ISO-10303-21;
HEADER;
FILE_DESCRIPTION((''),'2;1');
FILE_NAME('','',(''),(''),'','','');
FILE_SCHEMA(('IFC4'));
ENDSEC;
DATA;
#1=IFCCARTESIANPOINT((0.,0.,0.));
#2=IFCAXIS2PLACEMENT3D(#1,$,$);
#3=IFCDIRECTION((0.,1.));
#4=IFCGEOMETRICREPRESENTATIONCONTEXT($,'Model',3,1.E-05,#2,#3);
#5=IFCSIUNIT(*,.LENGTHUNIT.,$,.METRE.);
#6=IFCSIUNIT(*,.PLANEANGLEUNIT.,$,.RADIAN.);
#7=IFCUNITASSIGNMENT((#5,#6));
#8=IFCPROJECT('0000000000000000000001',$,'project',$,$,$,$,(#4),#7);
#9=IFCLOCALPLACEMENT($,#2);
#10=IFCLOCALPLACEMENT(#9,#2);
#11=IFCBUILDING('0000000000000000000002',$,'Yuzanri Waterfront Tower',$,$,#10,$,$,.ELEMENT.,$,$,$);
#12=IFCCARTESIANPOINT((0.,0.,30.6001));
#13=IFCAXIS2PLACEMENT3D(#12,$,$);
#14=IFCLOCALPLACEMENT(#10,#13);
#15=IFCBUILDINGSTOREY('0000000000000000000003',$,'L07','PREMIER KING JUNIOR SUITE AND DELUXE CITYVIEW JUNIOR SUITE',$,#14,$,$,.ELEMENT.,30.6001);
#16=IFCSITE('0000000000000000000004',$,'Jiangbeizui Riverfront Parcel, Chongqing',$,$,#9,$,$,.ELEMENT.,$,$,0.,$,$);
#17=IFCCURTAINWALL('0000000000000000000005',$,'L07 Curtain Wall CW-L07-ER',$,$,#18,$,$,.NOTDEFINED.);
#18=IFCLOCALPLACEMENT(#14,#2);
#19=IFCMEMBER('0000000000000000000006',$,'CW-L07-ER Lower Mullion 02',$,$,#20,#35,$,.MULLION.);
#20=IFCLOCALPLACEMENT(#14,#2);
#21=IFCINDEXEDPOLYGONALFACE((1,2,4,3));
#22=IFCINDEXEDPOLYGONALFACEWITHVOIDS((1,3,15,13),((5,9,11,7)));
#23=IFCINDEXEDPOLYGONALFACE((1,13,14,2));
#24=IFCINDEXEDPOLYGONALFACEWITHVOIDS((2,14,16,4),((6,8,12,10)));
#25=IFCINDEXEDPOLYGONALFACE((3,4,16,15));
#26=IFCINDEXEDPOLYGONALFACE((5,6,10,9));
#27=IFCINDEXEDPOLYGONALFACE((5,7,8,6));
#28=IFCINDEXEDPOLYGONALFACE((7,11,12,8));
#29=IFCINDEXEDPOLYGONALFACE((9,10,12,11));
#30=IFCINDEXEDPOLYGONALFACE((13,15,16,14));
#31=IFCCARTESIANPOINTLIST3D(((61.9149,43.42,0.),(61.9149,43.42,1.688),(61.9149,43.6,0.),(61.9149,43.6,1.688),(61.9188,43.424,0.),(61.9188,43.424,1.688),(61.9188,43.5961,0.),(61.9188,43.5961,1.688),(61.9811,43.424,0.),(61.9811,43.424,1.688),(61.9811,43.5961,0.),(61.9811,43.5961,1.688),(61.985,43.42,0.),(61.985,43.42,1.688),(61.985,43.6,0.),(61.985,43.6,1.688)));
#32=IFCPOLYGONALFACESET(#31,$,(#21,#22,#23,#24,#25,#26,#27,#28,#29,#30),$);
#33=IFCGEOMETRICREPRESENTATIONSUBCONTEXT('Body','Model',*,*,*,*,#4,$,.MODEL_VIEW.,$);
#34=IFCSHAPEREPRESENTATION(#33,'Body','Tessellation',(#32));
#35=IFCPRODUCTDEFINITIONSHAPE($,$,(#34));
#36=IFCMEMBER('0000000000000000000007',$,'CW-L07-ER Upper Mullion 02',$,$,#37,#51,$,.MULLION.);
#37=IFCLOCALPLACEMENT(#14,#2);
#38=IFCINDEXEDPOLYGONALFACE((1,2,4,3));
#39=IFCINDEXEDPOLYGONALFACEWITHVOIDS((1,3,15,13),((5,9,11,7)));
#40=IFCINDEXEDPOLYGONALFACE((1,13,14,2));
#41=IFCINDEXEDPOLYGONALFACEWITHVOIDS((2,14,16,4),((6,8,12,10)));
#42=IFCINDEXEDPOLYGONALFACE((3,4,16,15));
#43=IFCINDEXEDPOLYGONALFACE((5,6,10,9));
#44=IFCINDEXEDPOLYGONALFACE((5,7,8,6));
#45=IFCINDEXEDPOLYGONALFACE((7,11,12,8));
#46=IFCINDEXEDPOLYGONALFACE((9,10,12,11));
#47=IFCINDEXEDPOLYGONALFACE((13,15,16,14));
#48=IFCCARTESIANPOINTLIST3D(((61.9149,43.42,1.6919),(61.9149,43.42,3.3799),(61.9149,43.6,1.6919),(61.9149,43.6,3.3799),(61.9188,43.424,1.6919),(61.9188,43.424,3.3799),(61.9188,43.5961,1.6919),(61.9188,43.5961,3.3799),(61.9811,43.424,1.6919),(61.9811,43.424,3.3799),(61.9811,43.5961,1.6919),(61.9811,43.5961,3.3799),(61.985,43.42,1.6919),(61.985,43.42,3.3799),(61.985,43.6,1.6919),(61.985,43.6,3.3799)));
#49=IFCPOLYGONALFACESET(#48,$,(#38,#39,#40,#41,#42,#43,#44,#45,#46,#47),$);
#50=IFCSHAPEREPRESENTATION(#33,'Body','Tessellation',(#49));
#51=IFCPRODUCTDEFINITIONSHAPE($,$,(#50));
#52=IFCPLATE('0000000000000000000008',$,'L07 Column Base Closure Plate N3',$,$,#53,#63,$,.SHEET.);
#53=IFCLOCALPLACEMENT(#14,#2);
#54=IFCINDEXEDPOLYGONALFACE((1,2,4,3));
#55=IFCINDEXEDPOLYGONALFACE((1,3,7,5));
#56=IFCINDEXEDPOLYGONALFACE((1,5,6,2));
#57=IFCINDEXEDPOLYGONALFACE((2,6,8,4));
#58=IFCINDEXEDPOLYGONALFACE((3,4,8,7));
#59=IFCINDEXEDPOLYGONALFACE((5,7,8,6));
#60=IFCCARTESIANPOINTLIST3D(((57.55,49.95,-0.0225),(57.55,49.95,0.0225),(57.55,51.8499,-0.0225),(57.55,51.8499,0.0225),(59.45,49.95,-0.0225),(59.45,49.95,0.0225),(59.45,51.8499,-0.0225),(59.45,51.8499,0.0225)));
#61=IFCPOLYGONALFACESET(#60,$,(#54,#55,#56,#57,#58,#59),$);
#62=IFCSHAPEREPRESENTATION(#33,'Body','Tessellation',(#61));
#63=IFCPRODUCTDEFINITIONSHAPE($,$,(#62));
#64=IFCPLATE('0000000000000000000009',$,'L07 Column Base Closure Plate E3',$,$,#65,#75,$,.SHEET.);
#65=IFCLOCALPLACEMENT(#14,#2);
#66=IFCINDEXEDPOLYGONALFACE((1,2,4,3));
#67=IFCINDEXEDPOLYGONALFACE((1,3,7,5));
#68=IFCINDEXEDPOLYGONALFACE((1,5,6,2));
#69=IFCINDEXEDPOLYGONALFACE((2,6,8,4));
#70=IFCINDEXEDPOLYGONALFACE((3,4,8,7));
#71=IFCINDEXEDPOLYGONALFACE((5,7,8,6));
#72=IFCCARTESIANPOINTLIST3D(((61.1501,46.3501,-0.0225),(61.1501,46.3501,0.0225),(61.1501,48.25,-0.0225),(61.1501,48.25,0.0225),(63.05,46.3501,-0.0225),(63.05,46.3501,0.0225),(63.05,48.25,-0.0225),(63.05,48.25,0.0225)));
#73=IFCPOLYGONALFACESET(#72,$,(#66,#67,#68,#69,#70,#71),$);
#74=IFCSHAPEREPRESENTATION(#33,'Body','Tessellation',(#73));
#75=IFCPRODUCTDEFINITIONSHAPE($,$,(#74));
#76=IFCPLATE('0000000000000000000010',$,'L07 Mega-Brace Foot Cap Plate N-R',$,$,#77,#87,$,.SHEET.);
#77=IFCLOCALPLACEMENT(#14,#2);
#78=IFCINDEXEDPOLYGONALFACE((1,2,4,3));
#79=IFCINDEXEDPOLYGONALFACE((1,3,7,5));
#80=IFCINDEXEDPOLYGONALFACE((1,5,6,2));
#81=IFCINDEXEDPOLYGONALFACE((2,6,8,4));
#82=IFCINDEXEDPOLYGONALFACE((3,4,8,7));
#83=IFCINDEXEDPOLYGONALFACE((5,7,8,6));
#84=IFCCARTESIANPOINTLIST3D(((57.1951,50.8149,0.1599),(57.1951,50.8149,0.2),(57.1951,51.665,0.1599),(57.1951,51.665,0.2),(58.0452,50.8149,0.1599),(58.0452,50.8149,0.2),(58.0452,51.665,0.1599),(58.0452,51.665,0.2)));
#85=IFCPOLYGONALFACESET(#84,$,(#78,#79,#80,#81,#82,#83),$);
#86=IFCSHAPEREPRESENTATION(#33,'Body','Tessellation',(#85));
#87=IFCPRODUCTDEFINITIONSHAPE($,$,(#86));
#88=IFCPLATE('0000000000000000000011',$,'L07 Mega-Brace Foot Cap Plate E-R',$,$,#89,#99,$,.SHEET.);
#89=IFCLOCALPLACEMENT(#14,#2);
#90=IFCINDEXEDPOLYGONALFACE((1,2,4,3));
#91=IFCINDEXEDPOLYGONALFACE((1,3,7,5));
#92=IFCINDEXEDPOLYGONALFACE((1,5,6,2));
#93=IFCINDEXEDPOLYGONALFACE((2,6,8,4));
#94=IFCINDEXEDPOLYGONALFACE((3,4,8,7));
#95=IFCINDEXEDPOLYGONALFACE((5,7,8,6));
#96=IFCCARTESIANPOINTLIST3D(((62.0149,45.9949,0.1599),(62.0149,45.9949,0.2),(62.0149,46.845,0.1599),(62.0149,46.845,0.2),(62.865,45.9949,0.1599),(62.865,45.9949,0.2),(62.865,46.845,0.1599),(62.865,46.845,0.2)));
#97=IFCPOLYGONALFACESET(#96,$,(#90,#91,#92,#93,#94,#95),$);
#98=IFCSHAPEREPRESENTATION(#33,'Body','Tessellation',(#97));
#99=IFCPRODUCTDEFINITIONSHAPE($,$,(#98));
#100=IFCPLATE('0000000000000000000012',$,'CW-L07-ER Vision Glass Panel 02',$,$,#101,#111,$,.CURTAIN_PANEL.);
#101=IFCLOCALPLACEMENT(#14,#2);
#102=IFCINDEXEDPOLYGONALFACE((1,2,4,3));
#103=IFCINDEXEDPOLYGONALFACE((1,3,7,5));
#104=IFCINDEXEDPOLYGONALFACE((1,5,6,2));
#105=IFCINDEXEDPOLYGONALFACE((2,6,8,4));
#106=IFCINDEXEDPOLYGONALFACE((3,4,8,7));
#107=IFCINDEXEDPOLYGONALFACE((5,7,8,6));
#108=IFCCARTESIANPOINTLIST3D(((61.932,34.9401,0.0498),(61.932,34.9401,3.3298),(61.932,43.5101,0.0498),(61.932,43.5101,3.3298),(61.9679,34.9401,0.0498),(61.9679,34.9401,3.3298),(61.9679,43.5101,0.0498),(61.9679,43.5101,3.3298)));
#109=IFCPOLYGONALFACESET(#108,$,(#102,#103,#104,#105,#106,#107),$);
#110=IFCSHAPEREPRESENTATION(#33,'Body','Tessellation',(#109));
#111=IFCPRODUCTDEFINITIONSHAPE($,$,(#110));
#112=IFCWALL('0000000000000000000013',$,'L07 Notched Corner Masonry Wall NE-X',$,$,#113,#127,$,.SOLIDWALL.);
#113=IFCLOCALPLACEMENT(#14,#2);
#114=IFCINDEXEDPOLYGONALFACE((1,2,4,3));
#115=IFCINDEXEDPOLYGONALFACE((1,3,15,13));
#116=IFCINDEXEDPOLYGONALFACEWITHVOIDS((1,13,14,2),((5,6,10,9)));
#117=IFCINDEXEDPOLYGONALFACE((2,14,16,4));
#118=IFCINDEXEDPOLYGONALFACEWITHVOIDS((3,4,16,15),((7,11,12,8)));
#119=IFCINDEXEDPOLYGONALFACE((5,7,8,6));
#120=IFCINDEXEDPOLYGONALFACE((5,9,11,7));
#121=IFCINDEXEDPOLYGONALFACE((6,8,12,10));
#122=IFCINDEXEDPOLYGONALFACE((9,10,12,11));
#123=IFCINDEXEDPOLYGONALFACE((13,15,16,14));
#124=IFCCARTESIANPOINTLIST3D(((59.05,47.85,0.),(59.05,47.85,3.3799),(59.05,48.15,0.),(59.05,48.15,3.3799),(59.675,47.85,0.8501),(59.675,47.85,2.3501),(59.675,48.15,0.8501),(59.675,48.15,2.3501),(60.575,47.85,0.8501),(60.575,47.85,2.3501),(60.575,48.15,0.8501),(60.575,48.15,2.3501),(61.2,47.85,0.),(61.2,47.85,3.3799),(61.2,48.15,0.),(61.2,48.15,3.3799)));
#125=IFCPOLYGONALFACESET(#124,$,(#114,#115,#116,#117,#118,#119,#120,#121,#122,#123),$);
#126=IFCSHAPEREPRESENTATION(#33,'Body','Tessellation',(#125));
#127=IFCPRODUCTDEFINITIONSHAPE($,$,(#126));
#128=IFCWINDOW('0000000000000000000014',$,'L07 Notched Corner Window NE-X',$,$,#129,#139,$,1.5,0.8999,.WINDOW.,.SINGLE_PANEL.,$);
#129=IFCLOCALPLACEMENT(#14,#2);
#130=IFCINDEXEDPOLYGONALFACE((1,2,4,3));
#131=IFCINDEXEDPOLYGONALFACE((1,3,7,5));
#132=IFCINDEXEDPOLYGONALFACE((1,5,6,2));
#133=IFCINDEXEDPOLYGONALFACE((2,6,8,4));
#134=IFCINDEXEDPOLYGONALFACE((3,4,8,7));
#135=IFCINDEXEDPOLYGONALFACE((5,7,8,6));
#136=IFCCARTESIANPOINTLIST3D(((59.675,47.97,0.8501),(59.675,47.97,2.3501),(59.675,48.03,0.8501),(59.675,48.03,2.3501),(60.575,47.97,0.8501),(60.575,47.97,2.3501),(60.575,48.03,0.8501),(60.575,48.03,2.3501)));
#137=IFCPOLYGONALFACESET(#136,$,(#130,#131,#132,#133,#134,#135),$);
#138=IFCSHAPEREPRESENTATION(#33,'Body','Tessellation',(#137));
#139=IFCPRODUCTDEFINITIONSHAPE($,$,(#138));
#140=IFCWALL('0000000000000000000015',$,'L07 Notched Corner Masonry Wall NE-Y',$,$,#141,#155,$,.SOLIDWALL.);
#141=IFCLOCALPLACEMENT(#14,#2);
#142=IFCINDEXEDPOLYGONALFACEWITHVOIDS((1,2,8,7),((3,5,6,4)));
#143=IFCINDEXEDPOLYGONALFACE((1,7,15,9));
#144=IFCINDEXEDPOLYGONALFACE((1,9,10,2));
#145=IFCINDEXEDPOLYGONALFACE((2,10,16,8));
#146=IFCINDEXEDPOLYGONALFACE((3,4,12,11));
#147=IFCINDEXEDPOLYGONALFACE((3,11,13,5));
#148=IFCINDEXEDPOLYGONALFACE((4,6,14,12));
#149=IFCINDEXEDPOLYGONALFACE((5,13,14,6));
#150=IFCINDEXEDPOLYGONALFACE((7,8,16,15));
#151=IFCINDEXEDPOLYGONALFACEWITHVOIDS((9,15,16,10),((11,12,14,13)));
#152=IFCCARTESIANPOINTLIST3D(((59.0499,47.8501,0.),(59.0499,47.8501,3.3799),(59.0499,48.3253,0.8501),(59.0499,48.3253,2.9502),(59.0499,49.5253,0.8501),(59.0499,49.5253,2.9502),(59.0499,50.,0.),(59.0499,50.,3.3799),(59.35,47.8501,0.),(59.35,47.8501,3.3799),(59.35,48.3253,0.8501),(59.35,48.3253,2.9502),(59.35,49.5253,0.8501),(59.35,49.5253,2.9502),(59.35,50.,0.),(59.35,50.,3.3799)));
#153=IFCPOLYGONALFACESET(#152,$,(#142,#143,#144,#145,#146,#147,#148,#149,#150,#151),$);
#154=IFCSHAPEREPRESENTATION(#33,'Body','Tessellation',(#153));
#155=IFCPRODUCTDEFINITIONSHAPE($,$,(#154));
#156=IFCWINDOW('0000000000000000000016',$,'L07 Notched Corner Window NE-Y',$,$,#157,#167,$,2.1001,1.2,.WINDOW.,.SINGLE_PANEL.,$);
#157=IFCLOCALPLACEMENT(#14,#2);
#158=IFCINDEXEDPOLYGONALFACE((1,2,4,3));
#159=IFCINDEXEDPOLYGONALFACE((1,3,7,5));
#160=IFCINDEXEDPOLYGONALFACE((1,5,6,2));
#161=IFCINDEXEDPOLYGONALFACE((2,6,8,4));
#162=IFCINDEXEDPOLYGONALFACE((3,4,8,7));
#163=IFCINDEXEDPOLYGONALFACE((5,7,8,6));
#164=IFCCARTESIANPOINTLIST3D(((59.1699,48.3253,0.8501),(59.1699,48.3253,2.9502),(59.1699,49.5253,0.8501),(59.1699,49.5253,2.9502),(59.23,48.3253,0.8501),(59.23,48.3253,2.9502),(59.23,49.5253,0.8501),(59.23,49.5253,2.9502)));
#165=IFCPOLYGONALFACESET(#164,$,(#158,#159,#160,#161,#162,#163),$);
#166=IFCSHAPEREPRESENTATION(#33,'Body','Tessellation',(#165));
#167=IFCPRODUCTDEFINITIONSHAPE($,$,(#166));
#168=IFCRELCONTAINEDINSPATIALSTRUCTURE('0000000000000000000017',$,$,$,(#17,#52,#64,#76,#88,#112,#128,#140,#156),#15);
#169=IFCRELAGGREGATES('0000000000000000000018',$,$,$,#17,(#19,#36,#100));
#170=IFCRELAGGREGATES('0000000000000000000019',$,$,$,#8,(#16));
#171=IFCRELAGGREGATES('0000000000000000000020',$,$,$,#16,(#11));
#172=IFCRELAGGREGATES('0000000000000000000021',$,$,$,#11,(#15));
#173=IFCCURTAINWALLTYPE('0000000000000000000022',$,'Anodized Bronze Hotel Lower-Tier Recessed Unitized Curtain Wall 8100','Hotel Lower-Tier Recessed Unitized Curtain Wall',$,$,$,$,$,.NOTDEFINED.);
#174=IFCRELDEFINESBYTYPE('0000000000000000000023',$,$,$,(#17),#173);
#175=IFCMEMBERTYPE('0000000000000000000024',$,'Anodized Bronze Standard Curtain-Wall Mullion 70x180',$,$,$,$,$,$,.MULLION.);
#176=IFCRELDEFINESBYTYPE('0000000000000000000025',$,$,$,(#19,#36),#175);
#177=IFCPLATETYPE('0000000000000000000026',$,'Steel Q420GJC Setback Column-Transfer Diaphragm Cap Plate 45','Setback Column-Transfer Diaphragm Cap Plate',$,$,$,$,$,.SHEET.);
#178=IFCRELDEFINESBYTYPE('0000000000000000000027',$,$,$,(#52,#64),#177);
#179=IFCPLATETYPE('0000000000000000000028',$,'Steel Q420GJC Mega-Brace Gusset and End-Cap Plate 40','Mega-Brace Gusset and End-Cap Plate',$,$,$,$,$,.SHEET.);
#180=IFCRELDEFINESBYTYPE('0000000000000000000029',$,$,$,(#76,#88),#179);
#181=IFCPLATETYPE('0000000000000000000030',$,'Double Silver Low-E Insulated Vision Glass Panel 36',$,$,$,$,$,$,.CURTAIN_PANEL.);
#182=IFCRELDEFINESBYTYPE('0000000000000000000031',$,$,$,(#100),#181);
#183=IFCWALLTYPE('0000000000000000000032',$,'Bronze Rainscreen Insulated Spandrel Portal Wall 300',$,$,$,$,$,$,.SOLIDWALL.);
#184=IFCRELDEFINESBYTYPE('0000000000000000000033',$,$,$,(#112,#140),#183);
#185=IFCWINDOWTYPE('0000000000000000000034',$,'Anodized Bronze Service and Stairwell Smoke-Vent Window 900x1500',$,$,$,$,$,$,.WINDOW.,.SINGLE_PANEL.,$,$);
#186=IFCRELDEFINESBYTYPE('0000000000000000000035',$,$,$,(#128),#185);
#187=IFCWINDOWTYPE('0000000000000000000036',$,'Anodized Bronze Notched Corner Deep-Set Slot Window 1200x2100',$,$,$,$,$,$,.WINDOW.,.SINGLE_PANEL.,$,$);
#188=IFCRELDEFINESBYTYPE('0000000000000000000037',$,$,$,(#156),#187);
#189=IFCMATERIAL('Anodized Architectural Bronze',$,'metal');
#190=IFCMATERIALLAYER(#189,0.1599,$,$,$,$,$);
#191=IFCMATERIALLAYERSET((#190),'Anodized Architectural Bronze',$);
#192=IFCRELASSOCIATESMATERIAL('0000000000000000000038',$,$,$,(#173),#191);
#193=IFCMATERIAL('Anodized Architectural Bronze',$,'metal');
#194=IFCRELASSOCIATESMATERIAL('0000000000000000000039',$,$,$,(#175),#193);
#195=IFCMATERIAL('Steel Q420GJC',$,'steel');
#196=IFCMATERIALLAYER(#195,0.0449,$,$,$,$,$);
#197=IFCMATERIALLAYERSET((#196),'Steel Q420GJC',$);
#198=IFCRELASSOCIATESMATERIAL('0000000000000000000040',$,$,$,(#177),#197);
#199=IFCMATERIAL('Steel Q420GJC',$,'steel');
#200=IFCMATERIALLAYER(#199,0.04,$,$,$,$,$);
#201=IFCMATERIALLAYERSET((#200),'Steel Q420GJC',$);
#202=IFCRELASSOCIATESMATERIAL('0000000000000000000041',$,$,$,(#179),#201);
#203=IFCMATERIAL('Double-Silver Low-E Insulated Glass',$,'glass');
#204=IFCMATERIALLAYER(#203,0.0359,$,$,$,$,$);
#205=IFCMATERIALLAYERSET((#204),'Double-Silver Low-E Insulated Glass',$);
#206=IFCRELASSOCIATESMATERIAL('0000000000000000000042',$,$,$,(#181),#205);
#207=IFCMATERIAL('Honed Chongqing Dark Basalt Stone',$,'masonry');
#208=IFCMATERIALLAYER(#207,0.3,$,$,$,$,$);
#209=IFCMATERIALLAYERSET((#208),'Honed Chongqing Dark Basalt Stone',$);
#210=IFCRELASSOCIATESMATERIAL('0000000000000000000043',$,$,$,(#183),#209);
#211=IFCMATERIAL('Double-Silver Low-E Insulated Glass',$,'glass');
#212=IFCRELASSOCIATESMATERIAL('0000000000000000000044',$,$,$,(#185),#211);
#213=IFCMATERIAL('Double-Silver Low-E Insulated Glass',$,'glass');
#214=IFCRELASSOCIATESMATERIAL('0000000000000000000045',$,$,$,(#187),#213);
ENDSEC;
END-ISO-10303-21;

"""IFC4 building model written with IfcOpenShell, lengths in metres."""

from ifc_helpers import new_model, si_unit, direction, frame, frame_2d, origin, origin_2d, place, context, subcontext, project, spatial, rectangle, hollow_rectangle, extrude, source, transform, mapped, material, layer, layer_set, material_profile, profile_set, type_object, element, fill, aggregate, save


model = new_model("IFC4")

# Units and contexts
model_context = context("Model", 3, precision=1e-05, world=origin(), true_north=direction((0.0, 1.0)))
body_context = subcontext(model_context, "Body", "Model", "MODEL_VIEW")
ifc_project = project(units=[si_unit("LENGTHUNIT", "METRE"), si_unit("PLANEANGLEUNIT", "RADIAN")], contexts=[model_context])

# Site, building, storey
site_placement = place(None, origin())
site = spatial("IfcSite", under=ifc_project, at=site_placement, Name="Jiangbeizui Riverfront Parcel, Chongqing", CompositionType="ELEMENT", RefElevation=0.0)
building_placement = place(site_placement, origin())
building = spatial("IfcBuilding", under=site, at=building_placement, Name="Yuzanri Waterfront Tower", CompositionType="ELEMENT")
storey_placement = place(building_placement, frame((0.0, 0.0, 30.6001)))
storey = spatial("IfcBuildingStorey", under=building, at=storey_placement, Name="L07", Description="PREMIER KING JUNIOR SUITE AND DELUXE CITYVIEW JUNIOR SUITE", CompositionType="ELEMENT", Elevation=30.6001)

# Curtain wall, members
ifc_material_1 = material(Name="Anodized Architectural Bronze", Category="metal")
ifc_layer_1 = layer(ifc_material_1, 0.1599)
ifc_layer_set_1 = layer_set([ifc_layer_1], Name="Anodized Architectural Bronze")
curtain_wall_type = type_object("IfcCurtainWallType", Name="Anodized Bronze Hotel Lower-Tier Recessed Unitized Curtain Wall 8100", Description="Hotel Lower-Tier Recessed Unitized Curtain Wall", PredefinedType="NOTDEFINED", material=ifc_layer_set_1)
ifc_material_2 = material(Name="Anodized Architectural Bronze", Category="metal")
ifc_material_profile_1 = material_profile(ifc_material_2, hollow_rectangle(XDim=0.0701, YDim=0.1799, WallThickness=0.0039, at=origin_2d()), Name="CWM 70x180")
ifc_profile_set_1 = profile_set([ifc_material_profile_1], Name="Anodized Architectural Bronze")
member_type_1 = type_object("IfcMemberType", Name="Anodized Bronze Standard Curtain-Wall Mullion 70x180", PredefinedType="MULLION", material=ifc_profile_set_1)
shared_shape_1 = source(origin(), body_context, "Body", "SweptSolid", [
    extrude(hollow_rectangle(XDim=0.0701, YDim=0.1799, WallThickness=0.0039, at=origin_2d()), origin(), (0.0, 0.0, 1.0), 1.688),
])
curtain_wall_1_placement = place(storey_placement, origin())
curtain_wall_1 = element("IfcCurtainWall", 1, at=curtain_wall_1_placement, inside=storey, type_object=curtain_wall_type, Name="L07 Curtain Wall CW-L07-ER", PredefinedType="NOTDEFINED")
member_1_placement = place(storey_placement, frame((61.95, 43.51, 0.0), z_axis=(0.0, 0.0, 1.0), x_axis=(1.0, 0.0, 0.0)))
member_1 = element("IfcMember", 2, at=member_1_placement, type_object=member_type_1, Name="CW-L07-ER Lower Mullion 02", PredefinedType="MULLION", context=body_context, shape_type="MappedRepresentation", body=[
    mapped(shared_shape_1, transform((0.0, 0.0, 0.0), scale=1.0)),
])
member_2_placement = place(storey_placement, frame((61.95, 43.51, 1.6919), z_axis=(0.0, 0.0, 1.0), x_axis=(1.0, 0.0, 0.0)))
member_2 = element("IfcMember", 3, at=member_2_placement, type_object=member_type_1, Name="CW-L07-ER Upper Mullion 02", PredefinedType="MULLION", context=body_context, shape_type="MappedRepresentation", body=[
    mapped(shared_shape_1, transform((0.0, 0.0, 0.0), scale=1.0)),
])

# Plates
ifc_material_3 = material(Name="Steel Q420GJC", Category="steel")
ifc_layer_2 = layer(ifc_material_3, 0.0449)
ifc_layer_set_2 = layer_set([ifc_layer_2], Name="Steel Q420GJC")
plate_type_1 = type_object("IfcPlateType", Name="Steel Q420GJC Setback Column-Transfer Diaphragm Cap Plate 45", Description="Setback Column-Transfer Diaphragm Cap Plate", PredefinedType="SHEET", material=ifc_layer_set_2)
shared_shape_2 = source(origin(), body_context, "Body", "SweptSolid", [
    extrude(rectangle(XDim=1.8999, YDim=1.8999, at=origin_2d()), origin(), (0.0, 0.0, 1.0), 0.0449),
])
for number, where, z_axis, x_axis, name in (
    (4, (58.5, 50.8999, -0.0225), (0.0, 0.0, 1.0), (1.0, 0.0, 0.0), "L07 Column Base Closure Plate N3"),
    (5, (62.1001, 47.3, -0.0225), (0.0, 0.0, 1.0), (1.0, 0.0, 0.0), "L07 Column Base Closure Plate E3"),
):
    element("IfcPlate", number, at=place(storey_placement, frame(where, z_axis=z_axis, x_axis=x_axis)), inside=storey, type_object=plate_type_1, Name=name, PredefinedType="SHEET", context=body_context, shape_type="MappedRepresentation", body=[
        mapped(shared_shape_2, transform((0.0, 0.0, 0.0), scale=1.0)),
    ])
ifc_material_4 = material(Name="Steel Q420GJC", Category="steel")
ifc_layer_3 = layer(ifc_material_4, 0.04)
ifc_layer_set_3 = layer_set([ifc_layer_3], Name="Steel Q420GJC")
plate_type_2 = type_object("IfcPlateType", Name="Steel Q420GJC Mega-Brace Gusset and End-Cap Plate 40", Description="Mega-Brace Gusset and End-Cap Plate", PredefinedType="SHEET", material=ifc_layer_set_3)
shared_shape_3 = source(origin(), body_context, "Body", "SweptSolid", [
    extrude(rectangle(XDim=0.8501, YDim=0.8501, at=origin_2d()), origin(), (0.0, 0.0, 1.0), 0.04),
])
for number, where, z_axis, x_axis, name in (
    (6, (57.6201, 51.24, 0.1599), (0.0, 0.0, 1.0), (1.0, 0.0, 0.0), "L07 Mega-Brace Foot Cap Plate N-R"),
    (7, (62.4399, 46.4199, 0.1599), (0.0, 0.0, 1.0), (1.0, 0.0, 0.0), "L07 Mega-Brace Foot Cap Plate E-R"),
):
    element("IfcPlate", number, at=place(storey_placement, frame(where, z_axis=z_axis, x_axis=x_axis)), inside=storey, type_object=plate_type_2, Name=name, PredefinedType="SHEET", context=body_context, shape_type="MappedRepresentation", body=[
        mapped(shared_shape_3, transform((0.0, 0.0, 0.0), scale=1.0)),
    ])

# Plate
ifc_material_5 = material(Name="Double-Silver Low-E Insulated Glass", Category="glass")
ifc_layer_4 = layer(ifc_material_5, 0.0359)
ifc_layer_set_4 = layer_set([ifc_layer_4], Name="Double-Silver Low-E Insulated Glass")
plate_type_3 = type_object("IfcPlateType", Name="Double Silver Low-E Insulated Vision Glass Panel 36", PredefinedType="CURTAIN_PANEL", material=ifc_layer_set_4)
shared_shape_4 = source(origin(), body_context, "Body", "SweptSolid", [
    extrude(rectangle(XDim=8.5701, YDim=0.0359, at=origin_2d()), origin(), (0.0, 0.0, 1.0), 3.28),
])
plate_placement = place(storey_placement, frame((61.95, 39.2251, 0.0498), z_axis=(0.0, 0.0, 1.0), x_axis=(0.0, 1.0, 0.0)))
plate = element("IfcPlate", 8, at=plate_placement, type_object=plate_type_3, Name="CW-L07-ER Vision Glass Panel 02", PredefinedType="CURTAIN_PANEL", context=body_context, shape_type="MappedRepresentation", body=[
    mapped(shared_shape_4, transform((0.0, 0.0, 0.0), scale=1.0)),
])
aggregate(curtain_wall_1, [member_1, member_2, plate])

# Walls, openings, windows
ifc_material_6 = material(Name="Honed Chongqing Dark Basalt Stone", Category="masonry")
ifc_layer_5 = layer(ifc_material_6, 0.3)
ifc_layer_set_5 = layer_set([ifc_layer_5], Name="Honed Chongqing Dark Basalt Stone")
wall_type_1 = type_object("IfcWallType", Name="Bronze Rainscreen Insulated Spandrel Portal Wall 300", PredefinedType="SOLIDWALL", material=ifc_layer_set_5)
wall_1_placement = place(storey_placement, frame((61.2, 48.0, 0.0), z_axis=(0.0, 0.0, 1.0), x_axis=(-1.0, 0.0, 0.0)))
wall_1 = element("IfcWall", 9, at=wall_1_placement, inside=storey, type_object=wall_type_1, Name="L07 Notched Corner Masonry Wall NE-X", PredefinedType="SOLIDWALL", context=body_context, shape_type="SweptSolid", body=[
    extrude(rectangle(XDim=2.1499, YDim=0.3, at=frame_2d((1.075, 0.0))), origin(), (0.0, 0.0, 1.0), 3.3799),
])
opening_1_placement = place(wall_1_placement, frame((0.625, 0.0, 0.8501)))
opening_1 = element("IfcOpeningElement", 10, at=opening_1_placement, cuts=wall_1, PredefinedType="OPENING", context=body_context, shape_type="SweptSolid", body=[
    extrude(rectangle(XDim=0.8999, YDim=1.5, at=frame_2d((0.45, 0.75))), frame((0.0, 0.165, 0.0), z_axis=(0.0, -1.0, 0.0), x_axis=(1.0, 0.0, 0.0)), (0.0, 0.0, 1.0), 0.3298),
])
ifc_material_7 = material(Name="Double-Silver Low-E Insulated Glass", Category="glass")
window_type_1 = type_object("IfcWindowType", Name="Anodized Bronze Service and Stairwell Smoke-Vent Window 900x1500", PartitioningType="SINGLE_PANEL", PredefinedType="WINDOW", material=ifc_material_7)
shared_shape_5 = source(origin(), body_context, "Body", "SweptSolid", [
    extrude(rectangle(XDim=0.8999, YDim=1.5, at=frame_2d((0.45, 0.75))), frame((0.0, 0.03, 0.0), z_axis=(0.0, -1.0, 0.0), x_axis=(1.0, 0.0, 0.0)), (0.0, 0.0, 1.0), 0.0601),
])
window_1_placement = place(opening_1_placement, origin())
window_1 = element("IfcWindow", 11, at=window_1_placement, inside=storey, type_object=window_type_1, Name="L07 Notched Corner Window NE-X", OverallHeight=1.5, OverallWidth=0.8999, PartitioningType="SINGLE_PANEL", PredefinedType="WINDOW", context=body_context, shape_type="MappedRepresentation", body=[
    mapped(shared_shape_5, transform((0.0, 0.0, 0.0), scale=1.0)),
])
fill(opening_1, window_1)
wall_2_placement = place(storey_placement, frame((59.2, 47.8501, 0.0), z_axis=(0.0, 0.0, 1.0), x_axis=(0.0, 1.0, 0.0)))
wall_2 = element("IfcWall", 12, at=wall_2_placement, inside=storey, type_object=wall_type_1, Name="L07 Notched Corner Masonry Wall NE-Y", PredefinedType="SOLIDWALL", context=body_context, shape_type="SweptSolid", body=[
    extrude(rectangle(XDim=2.1499, YDim=0.3, at=frame_2d((1.075, 0.0))), origin(), (0.0, 0.0, 1.0), 3.3799),
])
opening_2_placement = place(wall_2_placement, frame((0.4751, 0.0, 0.8501)))
opening_2 = element("IfcOpeningElement", 13, at=opening_2_placement, cuts=wall_2, PredefinedType="OPENING", context=body_context, shape_type="SweptSolid", body=[
    extrude(rectangle(XDim=1.2, YDim=2.1001, at=frame_2d((0.6001, 1.05))), frame((0.0, 0.165, 0.0), z_axis=(0.0, -1.0, 0.0), x_axis=(1.0, 0.0, 0.0)), (0.0, 0.0, 1.0), 0.3298),
])
ifc_material_8 = material(Name="Double-Silver Low-E Insulated Glass", Category="glass")
window_type_2 = type_object("IfcWindowType", Name="Anodized Bronze Notched Corner Deep-Set Slot Window 1200x2100", PartitioningType="SINGLE_PANEL", PredefinedType="WINDOW", material=ifc_material_8)
shared_shape_6 = source(origin(), body_context, "Body", "SweptSolid", [
    extrude(rectangle(XDim=1.2, YDim=2.1001, at=frame_2d((0.6001, 1.05))), frame((0.0, 0.03, 0.0), z_axis=(0.0, -1.0, 0.0), x_axis=(1.0, 0.0, 0.0)), (0.0, 0.0, 1.0), 0.0601),
])
window_2_placement = place(opening_2_placement, origin())
window_2 = element("IfcWindow", 14, at=window_2_placement, inside=storey, type_object=window_type_2, Name="L07 Notched Corner Window NE-Y", OverallHeight=2.1001, OverallWidth=1.2, PartitioningType="SINGLE_PANEL", PredefinedType="WINDOW", context=body_context, shape_type="MappedRepresentation", body=[
    mapped(shared_shape_6, transform((0.0, 0.0, 0.0), scale=1.0)),
])
fill(opening_2, window_2)

save(model, "model.ifc")
